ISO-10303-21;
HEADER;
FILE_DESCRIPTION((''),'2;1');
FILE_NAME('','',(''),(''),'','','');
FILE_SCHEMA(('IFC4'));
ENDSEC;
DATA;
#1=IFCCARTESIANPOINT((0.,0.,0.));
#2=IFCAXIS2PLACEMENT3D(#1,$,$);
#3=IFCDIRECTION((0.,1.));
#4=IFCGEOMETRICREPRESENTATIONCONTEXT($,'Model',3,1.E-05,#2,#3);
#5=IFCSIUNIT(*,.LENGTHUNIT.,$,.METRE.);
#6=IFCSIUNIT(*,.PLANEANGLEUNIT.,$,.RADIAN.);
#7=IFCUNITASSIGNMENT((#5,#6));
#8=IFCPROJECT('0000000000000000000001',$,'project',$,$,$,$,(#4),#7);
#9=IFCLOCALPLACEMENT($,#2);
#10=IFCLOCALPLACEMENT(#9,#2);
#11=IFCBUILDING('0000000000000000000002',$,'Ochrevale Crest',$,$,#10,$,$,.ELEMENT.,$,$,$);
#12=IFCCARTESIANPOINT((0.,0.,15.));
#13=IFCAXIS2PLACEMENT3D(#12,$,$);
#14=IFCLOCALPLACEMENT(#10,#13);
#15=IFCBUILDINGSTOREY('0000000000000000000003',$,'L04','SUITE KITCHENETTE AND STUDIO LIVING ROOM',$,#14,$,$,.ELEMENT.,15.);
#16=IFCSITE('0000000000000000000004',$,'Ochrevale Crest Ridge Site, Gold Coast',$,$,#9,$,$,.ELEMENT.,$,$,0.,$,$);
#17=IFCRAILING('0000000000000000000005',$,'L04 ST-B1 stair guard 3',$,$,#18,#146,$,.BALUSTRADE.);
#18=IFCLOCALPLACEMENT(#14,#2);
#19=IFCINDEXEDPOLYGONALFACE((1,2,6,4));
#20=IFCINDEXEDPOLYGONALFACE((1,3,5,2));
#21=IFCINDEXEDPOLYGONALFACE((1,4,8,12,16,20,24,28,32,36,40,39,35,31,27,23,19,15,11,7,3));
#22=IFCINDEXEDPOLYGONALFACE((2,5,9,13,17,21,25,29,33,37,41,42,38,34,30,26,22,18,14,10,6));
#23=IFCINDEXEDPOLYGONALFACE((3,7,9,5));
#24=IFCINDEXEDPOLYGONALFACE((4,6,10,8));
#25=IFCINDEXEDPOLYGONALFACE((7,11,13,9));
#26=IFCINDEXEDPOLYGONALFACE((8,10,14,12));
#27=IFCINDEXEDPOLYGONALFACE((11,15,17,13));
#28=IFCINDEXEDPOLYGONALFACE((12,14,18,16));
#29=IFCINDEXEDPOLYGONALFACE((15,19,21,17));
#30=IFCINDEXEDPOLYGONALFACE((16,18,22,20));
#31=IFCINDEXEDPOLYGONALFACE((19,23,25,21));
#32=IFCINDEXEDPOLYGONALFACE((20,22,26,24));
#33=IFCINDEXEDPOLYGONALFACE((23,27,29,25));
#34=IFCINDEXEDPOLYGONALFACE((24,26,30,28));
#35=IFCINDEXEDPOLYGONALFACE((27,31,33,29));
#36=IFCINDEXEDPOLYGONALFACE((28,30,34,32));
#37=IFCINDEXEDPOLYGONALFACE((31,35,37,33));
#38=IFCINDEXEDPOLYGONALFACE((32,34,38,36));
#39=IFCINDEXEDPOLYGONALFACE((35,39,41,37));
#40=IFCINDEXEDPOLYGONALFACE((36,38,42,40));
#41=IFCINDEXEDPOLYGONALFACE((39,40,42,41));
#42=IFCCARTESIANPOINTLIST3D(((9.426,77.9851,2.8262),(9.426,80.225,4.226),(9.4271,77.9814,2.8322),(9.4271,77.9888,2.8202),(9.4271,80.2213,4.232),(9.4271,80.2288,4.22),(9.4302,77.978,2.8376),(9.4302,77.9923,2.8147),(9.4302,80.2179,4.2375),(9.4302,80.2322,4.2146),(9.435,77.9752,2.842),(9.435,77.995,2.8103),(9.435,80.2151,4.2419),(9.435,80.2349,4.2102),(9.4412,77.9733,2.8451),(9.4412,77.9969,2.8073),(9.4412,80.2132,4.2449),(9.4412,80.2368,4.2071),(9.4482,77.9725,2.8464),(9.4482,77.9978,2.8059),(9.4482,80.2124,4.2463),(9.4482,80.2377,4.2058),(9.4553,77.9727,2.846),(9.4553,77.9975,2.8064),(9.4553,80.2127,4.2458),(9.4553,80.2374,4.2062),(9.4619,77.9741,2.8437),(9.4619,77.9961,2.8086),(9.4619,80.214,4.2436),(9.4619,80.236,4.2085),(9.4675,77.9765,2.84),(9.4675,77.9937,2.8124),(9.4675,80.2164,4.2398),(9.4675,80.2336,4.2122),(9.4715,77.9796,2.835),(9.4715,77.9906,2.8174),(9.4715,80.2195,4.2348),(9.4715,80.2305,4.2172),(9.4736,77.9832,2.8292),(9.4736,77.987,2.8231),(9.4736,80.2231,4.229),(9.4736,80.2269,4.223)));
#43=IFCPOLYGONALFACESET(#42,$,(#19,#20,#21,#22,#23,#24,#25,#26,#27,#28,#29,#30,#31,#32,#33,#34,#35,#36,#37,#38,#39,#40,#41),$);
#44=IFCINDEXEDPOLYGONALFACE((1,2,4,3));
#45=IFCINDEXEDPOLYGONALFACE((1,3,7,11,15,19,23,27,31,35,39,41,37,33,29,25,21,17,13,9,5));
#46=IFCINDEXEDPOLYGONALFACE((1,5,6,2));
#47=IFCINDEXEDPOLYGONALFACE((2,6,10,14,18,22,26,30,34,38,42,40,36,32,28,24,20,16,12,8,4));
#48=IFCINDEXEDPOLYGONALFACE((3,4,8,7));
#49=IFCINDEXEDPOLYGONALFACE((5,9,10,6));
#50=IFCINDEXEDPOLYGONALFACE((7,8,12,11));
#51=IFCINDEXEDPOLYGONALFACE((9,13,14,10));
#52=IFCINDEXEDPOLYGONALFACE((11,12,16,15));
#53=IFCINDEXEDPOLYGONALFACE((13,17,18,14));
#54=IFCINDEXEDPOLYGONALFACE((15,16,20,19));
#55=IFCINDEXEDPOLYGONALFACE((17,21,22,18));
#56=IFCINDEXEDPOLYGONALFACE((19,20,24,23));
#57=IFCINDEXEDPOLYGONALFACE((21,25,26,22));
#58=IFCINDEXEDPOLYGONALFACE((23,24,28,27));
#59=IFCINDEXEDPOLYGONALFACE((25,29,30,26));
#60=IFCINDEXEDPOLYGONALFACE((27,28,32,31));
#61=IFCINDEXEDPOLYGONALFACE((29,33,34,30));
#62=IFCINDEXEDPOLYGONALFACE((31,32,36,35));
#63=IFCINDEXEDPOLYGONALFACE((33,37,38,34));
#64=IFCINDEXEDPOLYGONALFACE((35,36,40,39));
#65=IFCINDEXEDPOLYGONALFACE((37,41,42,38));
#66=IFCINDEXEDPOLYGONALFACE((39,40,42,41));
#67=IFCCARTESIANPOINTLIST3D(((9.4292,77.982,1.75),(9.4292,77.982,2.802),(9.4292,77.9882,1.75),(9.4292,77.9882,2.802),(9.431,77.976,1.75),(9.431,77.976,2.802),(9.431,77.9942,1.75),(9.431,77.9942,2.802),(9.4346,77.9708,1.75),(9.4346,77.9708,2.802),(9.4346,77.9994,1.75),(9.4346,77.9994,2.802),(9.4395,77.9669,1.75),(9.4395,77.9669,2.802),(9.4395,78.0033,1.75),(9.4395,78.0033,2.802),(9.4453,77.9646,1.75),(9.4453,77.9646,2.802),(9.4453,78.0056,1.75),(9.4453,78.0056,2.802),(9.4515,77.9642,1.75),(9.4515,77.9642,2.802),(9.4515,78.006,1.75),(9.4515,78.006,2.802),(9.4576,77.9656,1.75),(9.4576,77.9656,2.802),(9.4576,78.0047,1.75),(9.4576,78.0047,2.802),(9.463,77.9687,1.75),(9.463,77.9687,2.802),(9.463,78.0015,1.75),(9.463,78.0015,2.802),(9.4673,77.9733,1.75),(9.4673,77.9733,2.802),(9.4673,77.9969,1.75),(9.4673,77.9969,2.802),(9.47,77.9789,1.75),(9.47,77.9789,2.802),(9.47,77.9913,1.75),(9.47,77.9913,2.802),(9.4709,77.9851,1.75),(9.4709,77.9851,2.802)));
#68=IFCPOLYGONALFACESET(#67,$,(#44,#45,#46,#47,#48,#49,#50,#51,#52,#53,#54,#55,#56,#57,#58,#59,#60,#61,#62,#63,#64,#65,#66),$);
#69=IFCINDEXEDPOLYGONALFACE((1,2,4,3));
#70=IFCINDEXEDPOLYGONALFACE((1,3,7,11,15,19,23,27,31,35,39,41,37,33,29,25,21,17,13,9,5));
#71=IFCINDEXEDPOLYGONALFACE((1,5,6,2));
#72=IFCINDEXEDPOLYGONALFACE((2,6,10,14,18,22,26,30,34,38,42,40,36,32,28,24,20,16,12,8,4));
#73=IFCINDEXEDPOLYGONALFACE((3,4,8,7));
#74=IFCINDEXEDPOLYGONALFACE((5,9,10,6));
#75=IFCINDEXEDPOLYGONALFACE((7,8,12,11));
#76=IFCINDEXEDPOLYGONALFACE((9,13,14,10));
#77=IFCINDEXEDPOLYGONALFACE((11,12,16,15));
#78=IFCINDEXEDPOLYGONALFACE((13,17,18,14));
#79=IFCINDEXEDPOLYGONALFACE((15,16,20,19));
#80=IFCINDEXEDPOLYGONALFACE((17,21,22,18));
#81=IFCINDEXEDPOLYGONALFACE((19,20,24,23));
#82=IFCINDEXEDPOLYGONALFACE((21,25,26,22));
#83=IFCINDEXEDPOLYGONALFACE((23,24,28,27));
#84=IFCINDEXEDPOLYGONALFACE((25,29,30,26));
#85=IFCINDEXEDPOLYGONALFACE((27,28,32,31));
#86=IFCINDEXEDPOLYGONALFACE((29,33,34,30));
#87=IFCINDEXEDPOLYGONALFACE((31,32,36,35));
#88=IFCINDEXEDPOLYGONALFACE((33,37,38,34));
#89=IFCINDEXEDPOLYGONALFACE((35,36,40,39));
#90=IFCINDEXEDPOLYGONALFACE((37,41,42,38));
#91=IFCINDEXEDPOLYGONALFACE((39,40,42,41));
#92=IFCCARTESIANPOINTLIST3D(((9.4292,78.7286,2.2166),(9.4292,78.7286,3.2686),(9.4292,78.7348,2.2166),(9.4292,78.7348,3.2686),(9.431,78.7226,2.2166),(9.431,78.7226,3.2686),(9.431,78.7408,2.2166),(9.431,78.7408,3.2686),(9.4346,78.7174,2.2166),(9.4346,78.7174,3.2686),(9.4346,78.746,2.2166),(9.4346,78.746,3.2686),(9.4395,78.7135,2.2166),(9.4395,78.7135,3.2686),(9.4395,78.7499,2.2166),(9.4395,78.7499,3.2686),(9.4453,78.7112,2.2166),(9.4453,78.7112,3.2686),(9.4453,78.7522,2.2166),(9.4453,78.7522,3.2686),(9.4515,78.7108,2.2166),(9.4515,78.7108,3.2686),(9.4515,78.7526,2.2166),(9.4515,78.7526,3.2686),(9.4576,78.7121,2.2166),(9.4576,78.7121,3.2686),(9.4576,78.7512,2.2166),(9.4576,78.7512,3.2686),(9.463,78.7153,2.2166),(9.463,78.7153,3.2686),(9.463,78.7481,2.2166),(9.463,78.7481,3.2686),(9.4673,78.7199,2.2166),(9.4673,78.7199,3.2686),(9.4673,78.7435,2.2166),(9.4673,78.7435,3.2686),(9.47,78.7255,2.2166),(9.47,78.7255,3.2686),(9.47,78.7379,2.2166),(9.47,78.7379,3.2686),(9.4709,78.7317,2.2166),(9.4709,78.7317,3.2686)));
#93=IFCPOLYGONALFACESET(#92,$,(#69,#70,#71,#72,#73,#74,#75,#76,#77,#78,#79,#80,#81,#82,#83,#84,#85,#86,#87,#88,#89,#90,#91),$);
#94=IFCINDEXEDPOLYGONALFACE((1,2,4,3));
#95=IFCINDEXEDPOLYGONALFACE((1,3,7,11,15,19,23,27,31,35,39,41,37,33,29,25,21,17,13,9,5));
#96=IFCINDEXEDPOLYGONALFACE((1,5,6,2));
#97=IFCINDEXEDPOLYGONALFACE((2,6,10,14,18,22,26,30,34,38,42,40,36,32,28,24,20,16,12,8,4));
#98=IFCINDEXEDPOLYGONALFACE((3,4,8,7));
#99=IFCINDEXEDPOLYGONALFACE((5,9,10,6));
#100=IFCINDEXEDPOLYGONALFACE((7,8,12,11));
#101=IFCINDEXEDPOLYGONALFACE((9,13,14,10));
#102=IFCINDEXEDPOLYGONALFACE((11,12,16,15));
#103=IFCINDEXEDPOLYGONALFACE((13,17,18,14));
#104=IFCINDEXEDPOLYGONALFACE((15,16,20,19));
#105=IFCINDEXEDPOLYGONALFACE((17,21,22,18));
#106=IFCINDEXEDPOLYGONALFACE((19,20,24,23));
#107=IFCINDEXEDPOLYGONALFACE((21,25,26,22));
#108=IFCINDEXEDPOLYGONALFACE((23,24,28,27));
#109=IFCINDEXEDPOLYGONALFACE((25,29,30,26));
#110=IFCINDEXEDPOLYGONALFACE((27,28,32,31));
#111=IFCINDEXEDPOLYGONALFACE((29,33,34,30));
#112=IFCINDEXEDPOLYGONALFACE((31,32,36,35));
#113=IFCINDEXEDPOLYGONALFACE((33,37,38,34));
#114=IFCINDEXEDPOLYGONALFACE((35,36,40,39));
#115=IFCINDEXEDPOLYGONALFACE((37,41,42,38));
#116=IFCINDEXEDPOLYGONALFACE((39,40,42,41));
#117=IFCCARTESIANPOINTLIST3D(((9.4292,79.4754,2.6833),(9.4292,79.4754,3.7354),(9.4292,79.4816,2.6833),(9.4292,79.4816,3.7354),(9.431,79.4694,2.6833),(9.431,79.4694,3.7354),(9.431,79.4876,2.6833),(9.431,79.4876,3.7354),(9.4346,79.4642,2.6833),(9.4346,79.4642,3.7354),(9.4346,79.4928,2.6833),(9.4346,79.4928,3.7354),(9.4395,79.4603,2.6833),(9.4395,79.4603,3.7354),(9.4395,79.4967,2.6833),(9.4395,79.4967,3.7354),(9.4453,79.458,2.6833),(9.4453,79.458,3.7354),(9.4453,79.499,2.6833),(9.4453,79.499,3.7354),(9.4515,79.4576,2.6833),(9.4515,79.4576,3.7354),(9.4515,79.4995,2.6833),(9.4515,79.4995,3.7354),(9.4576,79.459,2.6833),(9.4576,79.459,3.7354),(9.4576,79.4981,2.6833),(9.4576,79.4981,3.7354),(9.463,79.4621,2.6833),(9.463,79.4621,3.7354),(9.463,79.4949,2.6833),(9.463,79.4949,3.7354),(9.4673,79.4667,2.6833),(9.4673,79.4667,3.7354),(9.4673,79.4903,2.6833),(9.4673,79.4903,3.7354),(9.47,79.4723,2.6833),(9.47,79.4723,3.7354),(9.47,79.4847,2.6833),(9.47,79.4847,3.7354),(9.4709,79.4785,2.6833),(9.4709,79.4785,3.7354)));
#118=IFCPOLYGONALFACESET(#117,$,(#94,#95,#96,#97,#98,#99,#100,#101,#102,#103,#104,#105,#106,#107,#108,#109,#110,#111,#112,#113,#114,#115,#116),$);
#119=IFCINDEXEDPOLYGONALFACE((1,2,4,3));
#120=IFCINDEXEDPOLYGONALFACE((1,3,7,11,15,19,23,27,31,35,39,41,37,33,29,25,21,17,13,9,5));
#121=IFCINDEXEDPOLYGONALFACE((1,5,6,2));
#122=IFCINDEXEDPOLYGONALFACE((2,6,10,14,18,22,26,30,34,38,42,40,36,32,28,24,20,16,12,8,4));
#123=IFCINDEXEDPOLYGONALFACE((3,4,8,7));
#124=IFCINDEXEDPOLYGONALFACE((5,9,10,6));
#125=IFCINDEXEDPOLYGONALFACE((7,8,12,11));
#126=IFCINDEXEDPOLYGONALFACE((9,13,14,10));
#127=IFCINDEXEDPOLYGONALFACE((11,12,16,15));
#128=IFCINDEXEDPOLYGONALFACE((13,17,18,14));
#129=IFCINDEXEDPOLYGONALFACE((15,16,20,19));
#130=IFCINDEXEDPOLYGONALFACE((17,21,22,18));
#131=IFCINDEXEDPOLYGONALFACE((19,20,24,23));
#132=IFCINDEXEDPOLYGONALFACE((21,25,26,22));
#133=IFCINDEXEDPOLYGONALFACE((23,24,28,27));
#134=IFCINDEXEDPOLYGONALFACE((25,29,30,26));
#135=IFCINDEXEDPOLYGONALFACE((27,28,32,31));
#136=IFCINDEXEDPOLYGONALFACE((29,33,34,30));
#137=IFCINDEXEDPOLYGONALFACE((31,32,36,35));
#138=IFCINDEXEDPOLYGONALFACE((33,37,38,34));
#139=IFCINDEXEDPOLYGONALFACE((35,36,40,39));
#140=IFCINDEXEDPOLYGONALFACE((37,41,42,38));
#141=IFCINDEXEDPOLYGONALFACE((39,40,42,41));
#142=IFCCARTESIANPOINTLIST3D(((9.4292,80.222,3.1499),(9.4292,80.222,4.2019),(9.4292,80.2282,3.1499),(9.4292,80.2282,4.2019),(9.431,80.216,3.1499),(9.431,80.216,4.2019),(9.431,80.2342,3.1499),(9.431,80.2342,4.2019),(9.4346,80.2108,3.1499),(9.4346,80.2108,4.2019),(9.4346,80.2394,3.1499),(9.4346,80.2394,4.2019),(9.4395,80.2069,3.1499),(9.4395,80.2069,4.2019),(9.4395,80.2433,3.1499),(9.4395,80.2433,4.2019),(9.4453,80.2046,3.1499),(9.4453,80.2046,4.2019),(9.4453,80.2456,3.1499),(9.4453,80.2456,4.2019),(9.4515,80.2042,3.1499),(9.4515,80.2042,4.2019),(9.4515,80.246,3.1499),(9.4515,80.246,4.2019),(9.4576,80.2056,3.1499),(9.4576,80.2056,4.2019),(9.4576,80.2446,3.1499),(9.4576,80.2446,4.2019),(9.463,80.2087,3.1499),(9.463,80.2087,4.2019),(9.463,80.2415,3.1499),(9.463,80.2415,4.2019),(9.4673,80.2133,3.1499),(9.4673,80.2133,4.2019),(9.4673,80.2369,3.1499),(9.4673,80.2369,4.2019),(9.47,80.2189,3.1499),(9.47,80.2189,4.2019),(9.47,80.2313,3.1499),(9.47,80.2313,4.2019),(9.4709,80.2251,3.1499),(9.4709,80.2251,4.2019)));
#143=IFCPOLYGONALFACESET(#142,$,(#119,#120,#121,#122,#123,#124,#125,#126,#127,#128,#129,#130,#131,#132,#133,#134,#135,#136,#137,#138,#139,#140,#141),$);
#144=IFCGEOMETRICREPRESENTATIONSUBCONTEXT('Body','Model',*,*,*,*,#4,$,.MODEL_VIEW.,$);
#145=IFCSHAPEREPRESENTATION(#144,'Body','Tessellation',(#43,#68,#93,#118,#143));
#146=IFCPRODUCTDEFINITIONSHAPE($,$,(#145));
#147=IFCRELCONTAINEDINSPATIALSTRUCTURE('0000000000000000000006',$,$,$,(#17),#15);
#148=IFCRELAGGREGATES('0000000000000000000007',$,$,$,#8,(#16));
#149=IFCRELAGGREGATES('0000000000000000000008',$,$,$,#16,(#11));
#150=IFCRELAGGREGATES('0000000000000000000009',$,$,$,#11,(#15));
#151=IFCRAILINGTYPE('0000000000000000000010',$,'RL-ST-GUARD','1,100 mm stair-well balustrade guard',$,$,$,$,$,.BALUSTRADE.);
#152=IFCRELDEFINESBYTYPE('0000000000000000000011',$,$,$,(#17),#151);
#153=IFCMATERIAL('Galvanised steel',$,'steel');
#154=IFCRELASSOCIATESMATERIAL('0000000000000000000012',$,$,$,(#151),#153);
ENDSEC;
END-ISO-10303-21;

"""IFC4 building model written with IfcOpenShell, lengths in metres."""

from ifc_helpers import new_model, si_unit, direction, frame, origin, origin_2d, place, context, subcontext, project, spatial, circle, extrude, material, type_object, element, save


model = new_model("IFC4")

# Units and contexts
model_context = context("Model", 3, precision=1e-05, world=origin(), true_north=direction((0.0, 1.0)))
body_context = subcontext(model_context, "Body", "Model", "MODEL_VIEW")
ifc_project = project(units=[si_unit("LENGTHUNIT", "METRE"), si_unit("PLANEANGLEUNIT", "RADIAN")], contexts=[model_context])

# Site, building, storey
site_placement = place(None, origin())
site = spatial("IfcSite", under=ifc_project, at=site_placement, Name="Ochrevale Crest Ridge Site, Gold Coast", CompositionType="ELEMENT", RefElevation=0.0)
building_placement = place(site_placement, origin())
building = spatial("IfcBuilding", under=site, at=building_placement, Name="Ochrevale Crest", CompositionType="ELEMENT")
storey_placement = place(building_placement, frame((0.0, 0.0, 15.0)))
storey = spatial("IfcBuildingStorey", under=building, at=storey_placement, Name="L04", Description="SUITE KITCHENETTE AND STUDIO LIVING ROOM", CompositionType="ELEMENT", Elevation=15.0)

# Railing
ifc_material_1 = material(Name="Galvanised steel", Category="steel")
railing_type_1 = type_object("IfcRailingType", Name="RL-ST-GUARD", Description="1,100 mm stair-well balustrade guard", PredefinedType="BALUSTRADE", material=ifc_material_1)
railing_1_placement = place(storey_placement, frame((9.45, 77.9851, 1.75)))
element("IfcRailing", 1, at=railing_1_placement, inside=storey, type_object=railing_type_1, Name="L04 ST-B1 stair guard 3", PredefinedType="BALUSTRADE", context=body_context, shape_type="SweptSolid", body=[
    extrude(circle(Radius=0.0239, at=origin_2d()), frame((0.0, 0.0, 1.0762), z_axis=(0.0, 0.848014, 0.529974), x_axis=(-1.0, 0.0, 0.0)), (0.0, 0.0, 1.0), 2.6414),
    extrude(circle(Radius=0.021, at=origin_2d()), origin(), (0.0, 0.0, 1.0), 1.052),
    extrude(circle(Radius=0.021, at=origin_2d()), frame((0.0, 0.7466, 0.4666)), (0.0, 0.0, 1.0), 1.052),
    extrude(circle(Radius=0.021, at=origin_2d()), frame((0.0, 1.4934, 0.9333)), (0.0, 0.0, 1.0), 1.052),
    extrude(circle(Radius=0.021, at=origin_2d()), frame((0.0, 2.24, 1.3999)), (0.0, 0.0, 1.0), 1.052),
])

save(model, "model.ifc")
